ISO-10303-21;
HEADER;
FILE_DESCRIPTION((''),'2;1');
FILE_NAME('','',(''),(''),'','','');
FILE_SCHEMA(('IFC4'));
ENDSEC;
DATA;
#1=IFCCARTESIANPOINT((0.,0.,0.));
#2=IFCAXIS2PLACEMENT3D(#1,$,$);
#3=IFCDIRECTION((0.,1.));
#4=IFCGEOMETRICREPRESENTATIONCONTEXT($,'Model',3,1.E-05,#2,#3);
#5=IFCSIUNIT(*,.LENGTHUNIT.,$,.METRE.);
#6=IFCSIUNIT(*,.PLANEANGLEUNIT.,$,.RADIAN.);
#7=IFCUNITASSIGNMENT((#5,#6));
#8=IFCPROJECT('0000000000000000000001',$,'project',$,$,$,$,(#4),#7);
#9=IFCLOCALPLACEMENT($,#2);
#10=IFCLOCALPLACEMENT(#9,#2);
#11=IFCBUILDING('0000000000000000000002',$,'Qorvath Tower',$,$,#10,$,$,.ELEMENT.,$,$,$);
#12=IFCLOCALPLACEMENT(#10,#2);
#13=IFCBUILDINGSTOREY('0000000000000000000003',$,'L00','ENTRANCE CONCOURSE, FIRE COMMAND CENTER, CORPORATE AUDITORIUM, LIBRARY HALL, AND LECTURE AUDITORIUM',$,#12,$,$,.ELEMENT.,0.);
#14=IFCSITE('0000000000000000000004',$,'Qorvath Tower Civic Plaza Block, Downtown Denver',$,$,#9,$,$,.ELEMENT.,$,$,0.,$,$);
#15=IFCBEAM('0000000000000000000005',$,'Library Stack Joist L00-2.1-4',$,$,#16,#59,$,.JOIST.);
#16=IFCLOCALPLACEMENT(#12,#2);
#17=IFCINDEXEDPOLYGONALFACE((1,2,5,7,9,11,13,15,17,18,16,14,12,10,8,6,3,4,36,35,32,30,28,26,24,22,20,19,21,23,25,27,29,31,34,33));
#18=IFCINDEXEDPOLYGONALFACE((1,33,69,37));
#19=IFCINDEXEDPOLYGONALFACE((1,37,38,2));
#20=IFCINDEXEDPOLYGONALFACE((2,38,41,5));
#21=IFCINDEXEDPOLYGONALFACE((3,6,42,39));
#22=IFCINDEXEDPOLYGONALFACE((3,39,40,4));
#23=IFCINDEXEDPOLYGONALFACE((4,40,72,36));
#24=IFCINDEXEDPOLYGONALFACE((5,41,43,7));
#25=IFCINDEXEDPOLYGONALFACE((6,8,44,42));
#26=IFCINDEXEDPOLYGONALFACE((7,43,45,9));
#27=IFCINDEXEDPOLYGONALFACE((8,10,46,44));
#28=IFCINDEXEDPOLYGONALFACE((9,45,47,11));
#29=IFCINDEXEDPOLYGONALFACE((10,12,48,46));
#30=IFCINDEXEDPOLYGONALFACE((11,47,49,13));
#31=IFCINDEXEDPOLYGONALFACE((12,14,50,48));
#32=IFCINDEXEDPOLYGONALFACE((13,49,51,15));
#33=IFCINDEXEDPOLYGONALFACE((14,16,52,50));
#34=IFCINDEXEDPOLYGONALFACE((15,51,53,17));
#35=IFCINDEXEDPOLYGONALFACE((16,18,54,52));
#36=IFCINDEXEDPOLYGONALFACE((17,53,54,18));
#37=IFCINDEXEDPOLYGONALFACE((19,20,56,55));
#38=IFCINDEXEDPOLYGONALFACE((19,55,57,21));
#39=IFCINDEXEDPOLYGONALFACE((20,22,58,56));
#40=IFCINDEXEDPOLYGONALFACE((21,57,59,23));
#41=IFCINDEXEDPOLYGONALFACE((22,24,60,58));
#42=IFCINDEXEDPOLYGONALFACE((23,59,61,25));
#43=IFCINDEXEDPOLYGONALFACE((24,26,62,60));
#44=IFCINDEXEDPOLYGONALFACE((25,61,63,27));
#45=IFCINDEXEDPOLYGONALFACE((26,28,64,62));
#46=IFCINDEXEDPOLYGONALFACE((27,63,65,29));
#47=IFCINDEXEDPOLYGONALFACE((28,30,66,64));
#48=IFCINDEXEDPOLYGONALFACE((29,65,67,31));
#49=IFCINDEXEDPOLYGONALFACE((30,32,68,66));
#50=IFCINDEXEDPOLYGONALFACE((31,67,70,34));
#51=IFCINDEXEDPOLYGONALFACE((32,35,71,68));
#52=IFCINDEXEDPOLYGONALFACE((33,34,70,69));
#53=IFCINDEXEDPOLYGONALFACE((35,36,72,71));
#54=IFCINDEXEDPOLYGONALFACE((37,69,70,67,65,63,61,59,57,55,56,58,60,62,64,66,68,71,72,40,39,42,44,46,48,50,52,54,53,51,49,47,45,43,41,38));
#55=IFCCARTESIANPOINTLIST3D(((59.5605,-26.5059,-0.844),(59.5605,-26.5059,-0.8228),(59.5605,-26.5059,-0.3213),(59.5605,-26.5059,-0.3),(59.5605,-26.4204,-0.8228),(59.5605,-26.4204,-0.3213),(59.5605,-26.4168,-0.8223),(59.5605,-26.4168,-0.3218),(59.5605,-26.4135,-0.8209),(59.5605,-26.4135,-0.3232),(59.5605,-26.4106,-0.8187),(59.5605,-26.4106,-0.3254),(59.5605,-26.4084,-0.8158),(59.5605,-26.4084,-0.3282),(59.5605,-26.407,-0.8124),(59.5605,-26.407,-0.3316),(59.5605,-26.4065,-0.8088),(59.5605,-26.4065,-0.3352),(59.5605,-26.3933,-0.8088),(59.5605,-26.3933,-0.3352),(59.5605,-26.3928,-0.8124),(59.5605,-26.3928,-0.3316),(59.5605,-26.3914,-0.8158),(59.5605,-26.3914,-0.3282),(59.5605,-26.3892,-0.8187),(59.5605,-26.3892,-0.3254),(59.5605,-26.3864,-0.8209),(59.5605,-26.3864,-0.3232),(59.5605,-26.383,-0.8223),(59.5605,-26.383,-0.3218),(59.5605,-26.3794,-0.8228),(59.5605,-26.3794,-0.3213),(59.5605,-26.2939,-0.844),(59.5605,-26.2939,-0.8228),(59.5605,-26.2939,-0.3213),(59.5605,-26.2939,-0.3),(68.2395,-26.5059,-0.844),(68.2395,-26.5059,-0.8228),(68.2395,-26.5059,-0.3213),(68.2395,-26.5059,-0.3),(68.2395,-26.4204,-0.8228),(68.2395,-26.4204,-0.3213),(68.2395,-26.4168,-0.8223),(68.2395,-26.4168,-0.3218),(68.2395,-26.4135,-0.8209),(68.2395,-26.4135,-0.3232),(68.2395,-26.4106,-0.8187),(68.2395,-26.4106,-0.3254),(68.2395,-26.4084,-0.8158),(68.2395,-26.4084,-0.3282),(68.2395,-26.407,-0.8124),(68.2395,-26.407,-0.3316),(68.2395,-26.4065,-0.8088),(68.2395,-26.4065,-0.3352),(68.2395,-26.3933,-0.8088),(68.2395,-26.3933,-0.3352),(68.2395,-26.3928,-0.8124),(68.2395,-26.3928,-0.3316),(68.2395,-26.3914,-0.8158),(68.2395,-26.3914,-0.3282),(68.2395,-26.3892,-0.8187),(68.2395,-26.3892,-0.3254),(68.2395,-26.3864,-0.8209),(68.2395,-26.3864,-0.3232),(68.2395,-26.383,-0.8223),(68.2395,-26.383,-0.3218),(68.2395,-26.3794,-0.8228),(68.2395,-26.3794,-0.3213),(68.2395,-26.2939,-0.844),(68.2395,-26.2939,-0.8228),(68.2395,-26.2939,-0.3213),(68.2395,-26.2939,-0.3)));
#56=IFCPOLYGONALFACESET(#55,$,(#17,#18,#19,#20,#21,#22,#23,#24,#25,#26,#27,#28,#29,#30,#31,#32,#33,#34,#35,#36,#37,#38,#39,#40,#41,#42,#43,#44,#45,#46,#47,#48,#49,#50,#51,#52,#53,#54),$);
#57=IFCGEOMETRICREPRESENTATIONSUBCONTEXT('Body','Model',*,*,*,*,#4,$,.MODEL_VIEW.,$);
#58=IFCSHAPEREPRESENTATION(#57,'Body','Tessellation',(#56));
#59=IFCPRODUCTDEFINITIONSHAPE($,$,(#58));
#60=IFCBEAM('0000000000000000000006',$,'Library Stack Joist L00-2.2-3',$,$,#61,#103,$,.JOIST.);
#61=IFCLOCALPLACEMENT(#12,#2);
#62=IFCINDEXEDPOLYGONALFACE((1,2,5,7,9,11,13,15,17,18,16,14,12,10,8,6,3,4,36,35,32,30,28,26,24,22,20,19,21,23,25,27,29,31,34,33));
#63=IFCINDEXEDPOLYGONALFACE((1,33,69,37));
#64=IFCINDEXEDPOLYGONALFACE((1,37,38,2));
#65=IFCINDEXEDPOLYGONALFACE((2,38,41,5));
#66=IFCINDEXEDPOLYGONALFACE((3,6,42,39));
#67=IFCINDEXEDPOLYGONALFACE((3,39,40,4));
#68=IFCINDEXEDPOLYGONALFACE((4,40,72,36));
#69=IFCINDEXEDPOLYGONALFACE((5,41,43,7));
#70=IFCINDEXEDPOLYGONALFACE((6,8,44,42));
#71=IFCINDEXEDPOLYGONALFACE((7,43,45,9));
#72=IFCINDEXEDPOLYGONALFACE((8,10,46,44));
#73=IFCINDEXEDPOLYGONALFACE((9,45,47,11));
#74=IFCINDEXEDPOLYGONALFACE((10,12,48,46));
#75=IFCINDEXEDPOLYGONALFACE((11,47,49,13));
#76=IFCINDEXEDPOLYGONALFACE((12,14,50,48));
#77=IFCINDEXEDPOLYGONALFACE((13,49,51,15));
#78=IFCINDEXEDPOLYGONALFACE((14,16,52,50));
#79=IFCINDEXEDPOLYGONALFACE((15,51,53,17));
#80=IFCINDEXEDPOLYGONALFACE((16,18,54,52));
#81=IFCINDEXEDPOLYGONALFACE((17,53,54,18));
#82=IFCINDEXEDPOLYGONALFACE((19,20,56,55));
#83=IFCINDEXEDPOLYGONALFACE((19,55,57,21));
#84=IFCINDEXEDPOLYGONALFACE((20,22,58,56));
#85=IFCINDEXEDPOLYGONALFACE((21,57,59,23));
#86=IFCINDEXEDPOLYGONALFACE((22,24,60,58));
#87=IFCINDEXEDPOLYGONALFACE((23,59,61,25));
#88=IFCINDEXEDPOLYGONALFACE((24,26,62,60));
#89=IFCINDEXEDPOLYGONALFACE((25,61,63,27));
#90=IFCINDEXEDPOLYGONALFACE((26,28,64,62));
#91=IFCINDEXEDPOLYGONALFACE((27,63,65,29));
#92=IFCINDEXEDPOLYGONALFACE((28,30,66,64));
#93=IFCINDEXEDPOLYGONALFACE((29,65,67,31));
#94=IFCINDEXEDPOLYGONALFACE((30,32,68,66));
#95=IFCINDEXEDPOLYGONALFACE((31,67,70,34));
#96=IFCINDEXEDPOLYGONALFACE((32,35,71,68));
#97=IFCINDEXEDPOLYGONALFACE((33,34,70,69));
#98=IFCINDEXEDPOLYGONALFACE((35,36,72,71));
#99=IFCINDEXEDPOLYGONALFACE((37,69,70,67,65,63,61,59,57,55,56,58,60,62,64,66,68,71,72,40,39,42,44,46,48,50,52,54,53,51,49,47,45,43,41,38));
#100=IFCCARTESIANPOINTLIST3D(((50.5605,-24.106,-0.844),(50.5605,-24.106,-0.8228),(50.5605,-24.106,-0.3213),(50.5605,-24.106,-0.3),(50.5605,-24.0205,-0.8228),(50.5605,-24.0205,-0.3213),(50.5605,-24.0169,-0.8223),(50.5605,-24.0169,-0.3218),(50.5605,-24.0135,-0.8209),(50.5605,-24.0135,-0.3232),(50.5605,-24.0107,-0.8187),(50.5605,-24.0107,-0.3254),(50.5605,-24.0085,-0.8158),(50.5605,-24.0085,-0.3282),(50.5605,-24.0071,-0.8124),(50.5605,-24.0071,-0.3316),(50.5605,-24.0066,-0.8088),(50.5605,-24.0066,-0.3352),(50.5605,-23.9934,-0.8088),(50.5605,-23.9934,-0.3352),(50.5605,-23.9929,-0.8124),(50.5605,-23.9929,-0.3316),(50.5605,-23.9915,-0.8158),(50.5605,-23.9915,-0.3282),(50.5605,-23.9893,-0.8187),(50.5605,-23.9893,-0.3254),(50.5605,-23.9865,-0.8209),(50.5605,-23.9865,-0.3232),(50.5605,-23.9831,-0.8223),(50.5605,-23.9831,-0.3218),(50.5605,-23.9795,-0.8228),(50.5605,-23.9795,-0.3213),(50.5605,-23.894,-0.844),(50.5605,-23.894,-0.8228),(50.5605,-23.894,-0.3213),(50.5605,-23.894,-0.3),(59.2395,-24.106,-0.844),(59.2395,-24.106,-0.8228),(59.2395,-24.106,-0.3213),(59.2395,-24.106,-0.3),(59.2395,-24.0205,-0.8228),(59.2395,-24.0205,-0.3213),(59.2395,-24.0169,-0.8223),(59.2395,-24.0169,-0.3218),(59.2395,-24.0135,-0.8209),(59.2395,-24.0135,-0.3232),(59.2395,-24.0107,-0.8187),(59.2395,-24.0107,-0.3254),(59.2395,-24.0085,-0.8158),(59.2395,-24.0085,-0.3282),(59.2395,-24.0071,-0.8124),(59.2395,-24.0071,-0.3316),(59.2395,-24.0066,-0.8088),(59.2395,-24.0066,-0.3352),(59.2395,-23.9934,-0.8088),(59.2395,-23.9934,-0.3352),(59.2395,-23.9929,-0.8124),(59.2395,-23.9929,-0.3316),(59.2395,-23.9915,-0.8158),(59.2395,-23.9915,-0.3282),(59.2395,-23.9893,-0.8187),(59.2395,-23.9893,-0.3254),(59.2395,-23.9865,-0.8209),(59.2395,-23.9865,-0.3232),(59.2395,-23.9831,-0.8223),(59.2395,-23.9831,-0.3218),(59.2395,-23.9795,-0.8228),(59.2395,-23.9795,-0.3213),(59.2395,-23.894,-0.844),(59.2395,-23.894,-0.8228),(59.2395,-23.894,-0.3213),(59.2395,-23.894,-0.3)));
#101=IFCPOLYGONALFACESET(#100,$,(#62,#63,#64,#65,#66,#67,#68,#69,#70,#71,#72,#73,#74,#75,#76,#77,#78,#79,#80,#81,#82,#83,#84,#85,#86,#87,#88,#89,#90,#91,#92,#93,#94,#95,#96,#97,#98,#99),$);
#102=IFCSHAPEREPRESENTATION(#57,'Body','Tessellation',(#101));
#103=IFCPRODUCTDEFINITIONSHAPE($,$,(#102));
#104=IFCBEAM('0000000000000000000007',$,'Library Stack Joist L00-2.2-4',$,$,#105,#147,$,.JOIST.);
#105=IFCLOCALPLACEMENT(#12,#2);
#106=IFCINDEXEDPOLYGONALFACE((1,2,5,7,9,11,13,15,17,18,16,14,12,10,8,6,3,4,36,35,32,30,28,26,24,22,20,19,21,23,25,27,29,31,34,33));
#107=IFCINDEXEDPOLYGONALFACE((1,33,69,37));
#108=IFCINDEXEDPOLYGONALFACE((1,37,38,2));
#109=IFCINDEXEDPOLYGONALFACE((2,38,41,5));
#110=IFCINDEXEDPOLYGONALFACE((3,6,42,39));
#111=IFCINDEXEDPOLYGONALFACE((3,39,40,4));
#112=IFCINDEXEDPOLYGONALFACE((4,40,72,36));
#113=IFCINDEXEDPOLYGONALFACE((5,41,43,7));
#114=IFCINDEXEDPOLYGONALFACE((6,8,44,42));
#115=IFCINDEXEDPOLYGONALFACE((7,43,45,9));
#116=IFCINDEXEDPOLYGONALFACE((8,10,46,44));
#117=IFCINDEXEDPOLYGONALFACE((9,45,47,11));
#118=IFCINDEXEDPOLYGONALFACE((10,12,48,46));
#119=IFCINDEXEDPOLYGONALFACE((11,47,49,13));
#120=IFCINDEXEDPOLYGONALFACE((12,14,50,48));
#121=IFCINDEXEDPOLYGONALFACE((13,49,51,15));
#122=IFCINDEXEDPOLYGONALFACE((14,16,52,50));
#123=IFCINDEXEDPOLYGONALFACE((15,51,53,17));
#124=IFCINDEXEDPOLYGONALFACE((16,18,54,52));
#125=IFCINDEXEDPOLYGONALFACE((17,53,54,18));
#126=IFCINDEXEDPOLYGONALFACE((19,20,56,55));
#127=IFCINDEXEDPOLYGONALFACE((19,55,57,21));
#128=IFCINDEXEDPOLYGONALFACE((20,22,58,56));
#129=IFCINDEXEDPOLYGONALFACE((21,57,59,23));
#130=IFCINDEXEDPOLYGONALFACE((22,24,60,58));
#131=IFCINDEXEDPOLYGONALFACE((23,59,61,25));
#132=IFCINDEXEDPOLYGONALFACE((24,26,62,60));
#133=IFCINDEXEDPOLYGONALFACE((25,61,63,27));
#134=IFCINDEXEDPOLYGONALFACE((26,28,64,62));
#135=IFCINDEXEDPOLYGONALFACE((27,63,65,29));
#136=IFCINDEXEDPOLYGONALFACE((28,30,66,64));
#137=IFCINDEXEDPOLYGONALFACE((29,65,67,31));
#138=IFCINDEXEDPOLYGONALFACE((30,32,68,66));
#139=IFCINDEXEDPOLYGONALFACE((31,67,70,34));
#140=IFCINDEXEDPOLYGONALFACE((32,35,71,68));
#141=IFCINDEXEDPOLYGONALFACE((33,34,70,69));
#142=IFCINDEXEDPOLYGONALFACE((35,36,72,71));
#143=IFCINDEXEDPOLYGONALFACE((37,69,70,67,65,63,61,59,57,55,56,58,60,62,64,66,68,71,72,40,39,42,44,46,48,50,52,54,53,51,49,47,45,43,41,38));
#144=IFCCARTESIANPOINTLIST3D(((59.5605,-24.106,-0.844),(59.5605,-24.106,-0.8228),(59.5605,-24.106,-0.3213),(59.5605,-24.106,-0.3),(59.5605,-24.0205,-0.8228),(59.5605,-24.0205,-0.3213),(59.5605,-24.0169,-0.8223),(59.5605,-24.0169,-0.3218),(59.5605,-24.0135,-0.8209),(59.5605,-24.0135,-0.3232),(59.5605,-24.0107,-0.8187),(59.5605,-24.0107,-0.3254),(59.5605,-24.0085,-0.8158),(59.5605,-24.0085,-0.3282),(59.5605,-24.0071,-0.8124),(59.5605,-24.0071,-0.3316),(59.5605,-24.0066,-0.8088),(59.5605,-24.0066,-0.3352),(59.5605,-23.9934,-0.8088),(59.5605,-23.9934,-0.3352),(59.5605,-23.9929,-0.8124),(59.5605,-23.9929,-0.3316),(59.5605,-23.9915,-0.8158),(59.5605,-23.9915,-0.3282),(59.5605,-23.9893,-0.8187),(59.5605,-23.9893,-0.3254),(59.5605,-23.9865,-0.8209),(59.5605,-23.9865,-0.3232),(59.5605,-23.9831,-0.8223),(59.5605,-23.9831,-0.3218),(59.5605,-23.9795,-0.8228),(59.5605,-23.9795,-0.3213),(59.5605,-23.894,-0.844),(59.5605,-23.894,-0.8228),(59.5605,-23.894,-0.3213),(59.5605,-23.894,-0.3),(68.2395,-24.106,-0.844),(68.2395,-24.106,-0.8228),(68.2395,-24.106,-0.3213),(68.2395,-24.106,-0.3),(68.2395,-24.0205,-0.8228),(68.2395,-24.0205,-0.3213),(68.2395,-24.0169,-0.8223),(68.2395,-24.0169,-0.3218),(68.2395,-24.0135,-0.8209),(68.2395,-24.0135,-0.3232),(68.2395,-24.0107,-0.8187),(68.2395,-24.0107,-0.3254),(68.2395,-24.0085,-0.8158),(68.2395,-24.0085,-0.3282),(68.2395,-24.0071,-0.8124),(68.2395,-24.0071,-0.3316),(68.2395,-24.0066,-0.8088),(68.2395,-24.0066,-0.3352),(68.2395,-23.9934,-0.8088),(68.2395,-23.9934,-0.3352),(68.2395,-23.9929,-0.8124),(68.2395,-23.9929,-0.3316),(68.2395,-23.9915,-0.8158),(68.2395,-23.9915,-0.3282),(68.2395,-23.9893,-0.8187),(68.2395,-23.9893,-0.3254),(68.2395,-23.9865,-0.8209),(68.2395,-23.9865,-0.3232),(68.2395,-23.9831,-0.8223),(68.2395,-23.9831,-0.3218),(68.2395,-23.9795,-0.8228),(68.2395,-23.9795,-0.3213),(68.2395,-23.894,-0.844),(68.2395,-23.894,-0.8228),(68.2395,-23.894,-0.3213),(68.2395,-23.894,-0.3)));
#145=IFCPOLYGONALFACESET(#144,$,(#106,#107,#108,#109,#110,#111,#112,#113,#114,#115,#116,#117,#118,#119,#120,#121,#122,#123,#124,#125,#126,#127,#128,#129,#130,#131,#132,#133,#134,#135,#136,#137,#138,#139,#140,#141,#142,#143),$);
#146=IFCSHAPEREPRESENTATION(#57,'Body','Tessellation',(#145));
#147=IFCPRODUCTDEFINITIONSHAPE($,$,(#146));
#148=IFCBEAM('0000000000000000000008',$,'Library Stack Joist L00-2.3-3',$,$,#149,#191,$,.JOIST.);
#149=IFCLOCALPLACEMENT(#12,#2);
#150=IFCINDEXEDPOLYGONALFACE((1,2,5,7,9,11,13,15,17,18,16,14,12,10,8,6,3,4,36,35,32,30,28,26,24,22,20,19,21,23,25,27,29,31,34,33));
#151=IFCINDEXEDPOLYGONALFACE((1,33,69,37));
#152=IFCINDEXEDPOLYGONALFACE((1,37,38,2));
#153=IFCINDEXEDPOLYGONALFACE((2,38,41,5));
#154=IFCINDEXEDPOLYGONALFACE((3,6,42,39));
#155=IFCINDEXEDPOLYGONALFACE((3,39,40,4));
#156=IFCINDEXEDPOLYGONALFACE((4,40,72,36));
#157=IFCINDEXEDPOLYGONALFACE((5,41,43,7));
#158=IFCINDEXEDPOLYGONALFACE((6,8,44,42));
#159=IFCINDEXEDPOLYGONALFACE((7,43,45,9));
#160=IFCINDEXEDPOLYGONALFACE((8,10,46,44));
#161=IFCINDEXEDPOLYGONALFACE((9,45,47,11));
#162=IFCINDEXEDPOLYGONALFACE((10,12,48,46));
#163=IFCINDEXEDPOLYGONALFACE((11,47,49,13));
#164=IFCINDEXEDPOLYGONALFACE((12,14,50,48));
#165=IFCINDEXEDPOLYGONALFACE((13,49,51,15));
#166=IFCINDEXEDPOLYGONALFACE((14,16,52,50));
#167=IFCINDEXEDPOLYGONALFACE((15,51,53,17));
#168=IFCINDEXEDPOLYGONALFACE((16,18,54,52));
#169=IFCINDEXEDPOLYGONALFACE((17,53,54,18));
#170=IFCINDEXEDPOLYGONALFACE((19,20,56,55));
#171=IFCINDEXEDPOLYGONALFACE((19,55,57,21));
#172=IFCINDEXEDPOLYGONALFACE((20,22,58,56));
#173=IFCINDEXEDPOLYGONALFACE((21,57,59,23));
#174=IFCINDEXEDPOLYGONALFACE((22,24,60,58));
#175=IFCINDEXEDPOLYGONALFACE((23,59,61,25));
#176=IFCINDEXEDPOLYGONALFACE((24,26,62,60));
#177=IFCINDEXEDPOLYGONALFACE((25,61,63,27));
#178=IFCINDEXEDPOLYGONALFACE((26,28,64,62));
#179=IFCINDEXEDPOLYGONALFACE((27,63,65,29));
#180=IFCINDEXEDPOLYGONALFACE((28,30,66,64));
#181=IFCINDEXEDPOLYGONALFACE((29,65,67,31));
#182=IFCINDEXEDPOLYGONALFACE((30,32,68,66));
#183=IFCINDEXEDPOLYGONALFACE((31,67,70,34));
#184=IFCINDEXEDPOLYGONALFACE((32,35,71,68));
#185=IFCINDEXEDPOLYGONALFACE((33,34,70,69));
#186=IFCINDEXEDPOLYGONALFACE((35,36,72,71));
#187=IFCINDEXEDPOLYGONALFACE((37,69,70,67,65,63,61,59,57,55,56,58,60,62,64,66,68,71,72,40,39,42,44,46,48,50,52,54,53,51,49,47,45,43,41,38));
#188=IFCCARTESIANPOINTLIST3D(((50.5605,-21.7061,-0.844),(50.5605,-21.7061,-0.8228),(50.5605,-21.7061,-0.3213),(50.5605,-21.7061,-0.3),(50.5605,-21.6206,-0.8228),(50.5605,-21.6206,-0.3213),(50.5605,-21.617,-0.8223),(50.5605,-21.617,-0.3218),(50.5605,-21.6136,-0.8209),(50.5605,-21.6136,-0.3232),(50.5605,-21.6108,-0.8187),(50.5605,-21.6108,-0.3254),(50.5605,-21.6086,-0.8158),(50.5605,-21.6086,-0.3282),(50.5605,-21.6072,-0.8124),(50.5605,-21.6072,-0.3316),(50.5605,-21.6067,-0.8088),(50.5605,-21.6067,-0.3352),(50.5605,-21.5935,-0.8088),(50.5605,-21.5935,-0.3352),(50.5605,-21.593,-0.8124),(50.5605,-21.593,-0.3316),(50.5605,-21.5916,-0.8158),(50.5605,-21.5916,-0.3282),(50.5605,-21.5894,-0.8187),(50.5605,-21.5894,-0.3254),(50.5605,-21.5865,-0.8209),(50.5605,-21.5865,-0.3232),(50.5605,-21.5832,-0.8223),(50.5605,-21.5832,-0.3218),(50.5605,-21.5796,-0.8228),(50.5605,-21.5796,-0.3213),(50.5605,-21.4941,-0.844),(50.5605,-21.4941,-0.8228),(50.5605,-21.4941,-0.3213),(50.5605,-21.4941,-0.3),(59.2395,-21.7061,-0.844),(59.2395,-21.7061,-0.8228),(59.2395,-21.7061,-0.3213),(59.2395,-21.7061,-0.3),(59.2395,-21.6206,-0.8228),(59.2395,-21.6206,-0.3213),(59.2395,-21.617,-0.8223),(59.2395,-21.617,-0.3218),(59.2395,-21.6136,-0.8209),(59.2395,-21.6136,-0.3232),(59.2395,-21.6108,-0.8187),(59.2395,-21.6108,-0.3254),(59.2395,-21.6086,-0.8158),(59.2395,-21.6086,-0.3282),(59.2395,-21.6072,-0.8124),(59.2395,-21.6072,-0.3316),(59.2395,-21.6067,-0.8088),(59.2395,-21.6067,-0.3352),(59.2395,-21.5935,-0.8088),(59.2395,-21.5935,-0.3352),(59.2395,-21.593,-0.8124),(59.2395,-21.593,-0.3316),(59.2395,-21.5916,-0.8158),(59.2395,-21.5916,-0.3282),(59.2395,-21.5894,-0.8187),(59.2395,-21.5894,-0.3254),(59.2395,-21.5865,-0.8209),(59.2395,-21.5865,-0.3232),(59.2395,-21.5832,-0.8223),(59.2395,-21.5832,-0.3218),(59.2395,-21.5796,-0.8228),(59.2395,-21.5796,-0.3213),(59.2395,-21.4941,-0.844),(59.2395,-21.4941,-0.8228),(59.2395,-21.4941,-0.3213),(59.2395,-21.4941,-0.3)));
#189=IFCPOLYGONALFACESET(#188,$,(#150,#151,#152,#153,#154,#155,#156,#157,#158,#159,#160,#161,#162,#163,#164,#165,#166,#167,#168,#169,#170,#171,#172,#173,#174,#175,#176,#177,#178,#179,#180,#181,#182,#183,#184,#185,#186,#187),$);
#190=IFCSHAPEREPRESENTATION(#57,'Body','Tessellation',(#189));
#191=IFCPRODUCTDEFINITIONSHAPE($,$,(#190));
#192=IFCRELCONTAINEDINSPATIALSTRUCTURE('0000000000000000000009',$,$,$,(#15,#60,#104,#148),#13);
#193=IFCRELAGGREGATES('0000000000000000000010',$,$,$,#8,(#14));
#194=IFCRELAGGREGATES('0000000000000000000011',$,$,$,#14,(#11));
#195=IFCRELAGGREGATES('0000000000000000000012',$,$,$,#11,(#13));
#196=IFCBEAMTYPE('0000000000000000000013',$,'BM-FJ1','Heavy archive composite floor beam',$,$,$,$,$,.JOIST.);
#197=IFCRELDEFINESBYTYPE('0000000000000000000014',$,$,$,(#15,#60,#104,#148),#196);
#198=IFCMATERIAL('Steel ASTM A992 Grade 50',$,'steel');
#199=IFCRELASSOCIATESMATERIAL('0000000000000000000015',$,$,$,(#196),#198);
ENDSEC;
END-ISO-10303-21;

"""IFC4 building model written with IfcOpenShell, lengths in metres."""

from ifc_helpers import new_model, si_unit, direction, frame, origin, origin_2d, place, context, subcontext, project, spatial, i_section, extrude, material, material_profile, profile_set, type_object, element, save


model = new_model("IFC4")

# Units and contexts
model_context = context("Model", 3, precision=1e-05, world=origin(), true_north=direction((0.0, 1.0)))
body_context = subcontext(model_context, "Body", "Model", "MODEL_VIEW")
ifc_project = project(units=[si_unit("LENGTHUNIT", "METRE"), si_unit("PLANEANGLEUNIT", "RADIAN")], contexts=[model_context])

# Site, building, storey
site_placement = place(None, origin())
site = spatial("IfcSite", under=ifc_project, at=site_placement, Name="Qorvath Tower Civic Plaza Block, Downtown Denver", CompositionType="ELEMENT", RefElevation=0.0)
building_placement = place(site_placement, origin())
building = spatial("IfcBuilding", under=site, at=building_placement, Name="Qorvath Tower", CompositionType="ELEMENT")
storey_placement = place(building_placement, origin())
storey = spatial("IfcBuildingStorey", under=building, at=storey_placement, Name="L00", Description="ENTRANCE CONCOURSE, FIRE COMMAND CENTER, CORPORATE AUDITORIUM, LIBRARY HALL, AND LECTURE AUDITORIUM", CompositionType="ELEMENT", Elevation=0.0)

# Beams
ifc_material_1 = material(Name="Steel ASTM A992 Grade 50", Category="steel")
ifc_material_profile_1 = material_profile(ifc_material_1, i_section(OverallWidth=0.2119, OverallDepth=0.5439, WebThickness=0.0132, FlangeThickness=0.0212, FilletRadius=0.0139, at=origin_2d()), Name="W21x83")
ifc_profile_set_1 = profile_set([ifc_material_profile_1], Name="Steel ASTM A992 Grade 50")
beam_type_1 = type_object("IfcBeamType", Name="BM-FJ1", Description="Heavy archive composite floor beam", PredefinedType="JOIST", material=ifc_profile_set_1)
for number, where, z_axis, x_axis, name in (
    (1, (59.5605, -26.3999, -0.572), (1.0, 0.0, 0.0), (0.0, 1.0, 0.0), "Library Stack Joist L00-2.1-4"),
    (2, (50.5605, -24.0, -0.572), (1.0, 0.0, 0.0), (0.0, 1.0, 0.0), "Library Stack Joist L00-2.2-3"),
    (3, (59.5605, -24.0, -0.572), (1.0, 0.0, 0.0), (0.0, 1.0, 0.0), "Library Stack Joist L00-2.2-4"),
    (4, (50.5605, -21.6001, -0.572), (1.0, 0.0, 0.0), (0.0, 1.0, 0.0), "Library Stack Joist L00-2.3-3"),
):
    element("IfcBeam", number, at=place(storey_placement, frame(where, z_axis=z_axis, x_axis=x_axis)), inside=storey, type_object=beam_type_1, Name=name, PredefinedType="JOIST", context=body_context, shape_type="SweptSolid", body=[
        extrude(i_section(OverallWidth=0.2119, OverallDepth=0.5439, WebThickness=0.0132, FlangeThickness=0.0212, FilletRadius=0.0139, at=origin_2d()), origin(), (0.0, 0.0, 1.0), 8.679),
    ])

save(model, "model.ifc")
